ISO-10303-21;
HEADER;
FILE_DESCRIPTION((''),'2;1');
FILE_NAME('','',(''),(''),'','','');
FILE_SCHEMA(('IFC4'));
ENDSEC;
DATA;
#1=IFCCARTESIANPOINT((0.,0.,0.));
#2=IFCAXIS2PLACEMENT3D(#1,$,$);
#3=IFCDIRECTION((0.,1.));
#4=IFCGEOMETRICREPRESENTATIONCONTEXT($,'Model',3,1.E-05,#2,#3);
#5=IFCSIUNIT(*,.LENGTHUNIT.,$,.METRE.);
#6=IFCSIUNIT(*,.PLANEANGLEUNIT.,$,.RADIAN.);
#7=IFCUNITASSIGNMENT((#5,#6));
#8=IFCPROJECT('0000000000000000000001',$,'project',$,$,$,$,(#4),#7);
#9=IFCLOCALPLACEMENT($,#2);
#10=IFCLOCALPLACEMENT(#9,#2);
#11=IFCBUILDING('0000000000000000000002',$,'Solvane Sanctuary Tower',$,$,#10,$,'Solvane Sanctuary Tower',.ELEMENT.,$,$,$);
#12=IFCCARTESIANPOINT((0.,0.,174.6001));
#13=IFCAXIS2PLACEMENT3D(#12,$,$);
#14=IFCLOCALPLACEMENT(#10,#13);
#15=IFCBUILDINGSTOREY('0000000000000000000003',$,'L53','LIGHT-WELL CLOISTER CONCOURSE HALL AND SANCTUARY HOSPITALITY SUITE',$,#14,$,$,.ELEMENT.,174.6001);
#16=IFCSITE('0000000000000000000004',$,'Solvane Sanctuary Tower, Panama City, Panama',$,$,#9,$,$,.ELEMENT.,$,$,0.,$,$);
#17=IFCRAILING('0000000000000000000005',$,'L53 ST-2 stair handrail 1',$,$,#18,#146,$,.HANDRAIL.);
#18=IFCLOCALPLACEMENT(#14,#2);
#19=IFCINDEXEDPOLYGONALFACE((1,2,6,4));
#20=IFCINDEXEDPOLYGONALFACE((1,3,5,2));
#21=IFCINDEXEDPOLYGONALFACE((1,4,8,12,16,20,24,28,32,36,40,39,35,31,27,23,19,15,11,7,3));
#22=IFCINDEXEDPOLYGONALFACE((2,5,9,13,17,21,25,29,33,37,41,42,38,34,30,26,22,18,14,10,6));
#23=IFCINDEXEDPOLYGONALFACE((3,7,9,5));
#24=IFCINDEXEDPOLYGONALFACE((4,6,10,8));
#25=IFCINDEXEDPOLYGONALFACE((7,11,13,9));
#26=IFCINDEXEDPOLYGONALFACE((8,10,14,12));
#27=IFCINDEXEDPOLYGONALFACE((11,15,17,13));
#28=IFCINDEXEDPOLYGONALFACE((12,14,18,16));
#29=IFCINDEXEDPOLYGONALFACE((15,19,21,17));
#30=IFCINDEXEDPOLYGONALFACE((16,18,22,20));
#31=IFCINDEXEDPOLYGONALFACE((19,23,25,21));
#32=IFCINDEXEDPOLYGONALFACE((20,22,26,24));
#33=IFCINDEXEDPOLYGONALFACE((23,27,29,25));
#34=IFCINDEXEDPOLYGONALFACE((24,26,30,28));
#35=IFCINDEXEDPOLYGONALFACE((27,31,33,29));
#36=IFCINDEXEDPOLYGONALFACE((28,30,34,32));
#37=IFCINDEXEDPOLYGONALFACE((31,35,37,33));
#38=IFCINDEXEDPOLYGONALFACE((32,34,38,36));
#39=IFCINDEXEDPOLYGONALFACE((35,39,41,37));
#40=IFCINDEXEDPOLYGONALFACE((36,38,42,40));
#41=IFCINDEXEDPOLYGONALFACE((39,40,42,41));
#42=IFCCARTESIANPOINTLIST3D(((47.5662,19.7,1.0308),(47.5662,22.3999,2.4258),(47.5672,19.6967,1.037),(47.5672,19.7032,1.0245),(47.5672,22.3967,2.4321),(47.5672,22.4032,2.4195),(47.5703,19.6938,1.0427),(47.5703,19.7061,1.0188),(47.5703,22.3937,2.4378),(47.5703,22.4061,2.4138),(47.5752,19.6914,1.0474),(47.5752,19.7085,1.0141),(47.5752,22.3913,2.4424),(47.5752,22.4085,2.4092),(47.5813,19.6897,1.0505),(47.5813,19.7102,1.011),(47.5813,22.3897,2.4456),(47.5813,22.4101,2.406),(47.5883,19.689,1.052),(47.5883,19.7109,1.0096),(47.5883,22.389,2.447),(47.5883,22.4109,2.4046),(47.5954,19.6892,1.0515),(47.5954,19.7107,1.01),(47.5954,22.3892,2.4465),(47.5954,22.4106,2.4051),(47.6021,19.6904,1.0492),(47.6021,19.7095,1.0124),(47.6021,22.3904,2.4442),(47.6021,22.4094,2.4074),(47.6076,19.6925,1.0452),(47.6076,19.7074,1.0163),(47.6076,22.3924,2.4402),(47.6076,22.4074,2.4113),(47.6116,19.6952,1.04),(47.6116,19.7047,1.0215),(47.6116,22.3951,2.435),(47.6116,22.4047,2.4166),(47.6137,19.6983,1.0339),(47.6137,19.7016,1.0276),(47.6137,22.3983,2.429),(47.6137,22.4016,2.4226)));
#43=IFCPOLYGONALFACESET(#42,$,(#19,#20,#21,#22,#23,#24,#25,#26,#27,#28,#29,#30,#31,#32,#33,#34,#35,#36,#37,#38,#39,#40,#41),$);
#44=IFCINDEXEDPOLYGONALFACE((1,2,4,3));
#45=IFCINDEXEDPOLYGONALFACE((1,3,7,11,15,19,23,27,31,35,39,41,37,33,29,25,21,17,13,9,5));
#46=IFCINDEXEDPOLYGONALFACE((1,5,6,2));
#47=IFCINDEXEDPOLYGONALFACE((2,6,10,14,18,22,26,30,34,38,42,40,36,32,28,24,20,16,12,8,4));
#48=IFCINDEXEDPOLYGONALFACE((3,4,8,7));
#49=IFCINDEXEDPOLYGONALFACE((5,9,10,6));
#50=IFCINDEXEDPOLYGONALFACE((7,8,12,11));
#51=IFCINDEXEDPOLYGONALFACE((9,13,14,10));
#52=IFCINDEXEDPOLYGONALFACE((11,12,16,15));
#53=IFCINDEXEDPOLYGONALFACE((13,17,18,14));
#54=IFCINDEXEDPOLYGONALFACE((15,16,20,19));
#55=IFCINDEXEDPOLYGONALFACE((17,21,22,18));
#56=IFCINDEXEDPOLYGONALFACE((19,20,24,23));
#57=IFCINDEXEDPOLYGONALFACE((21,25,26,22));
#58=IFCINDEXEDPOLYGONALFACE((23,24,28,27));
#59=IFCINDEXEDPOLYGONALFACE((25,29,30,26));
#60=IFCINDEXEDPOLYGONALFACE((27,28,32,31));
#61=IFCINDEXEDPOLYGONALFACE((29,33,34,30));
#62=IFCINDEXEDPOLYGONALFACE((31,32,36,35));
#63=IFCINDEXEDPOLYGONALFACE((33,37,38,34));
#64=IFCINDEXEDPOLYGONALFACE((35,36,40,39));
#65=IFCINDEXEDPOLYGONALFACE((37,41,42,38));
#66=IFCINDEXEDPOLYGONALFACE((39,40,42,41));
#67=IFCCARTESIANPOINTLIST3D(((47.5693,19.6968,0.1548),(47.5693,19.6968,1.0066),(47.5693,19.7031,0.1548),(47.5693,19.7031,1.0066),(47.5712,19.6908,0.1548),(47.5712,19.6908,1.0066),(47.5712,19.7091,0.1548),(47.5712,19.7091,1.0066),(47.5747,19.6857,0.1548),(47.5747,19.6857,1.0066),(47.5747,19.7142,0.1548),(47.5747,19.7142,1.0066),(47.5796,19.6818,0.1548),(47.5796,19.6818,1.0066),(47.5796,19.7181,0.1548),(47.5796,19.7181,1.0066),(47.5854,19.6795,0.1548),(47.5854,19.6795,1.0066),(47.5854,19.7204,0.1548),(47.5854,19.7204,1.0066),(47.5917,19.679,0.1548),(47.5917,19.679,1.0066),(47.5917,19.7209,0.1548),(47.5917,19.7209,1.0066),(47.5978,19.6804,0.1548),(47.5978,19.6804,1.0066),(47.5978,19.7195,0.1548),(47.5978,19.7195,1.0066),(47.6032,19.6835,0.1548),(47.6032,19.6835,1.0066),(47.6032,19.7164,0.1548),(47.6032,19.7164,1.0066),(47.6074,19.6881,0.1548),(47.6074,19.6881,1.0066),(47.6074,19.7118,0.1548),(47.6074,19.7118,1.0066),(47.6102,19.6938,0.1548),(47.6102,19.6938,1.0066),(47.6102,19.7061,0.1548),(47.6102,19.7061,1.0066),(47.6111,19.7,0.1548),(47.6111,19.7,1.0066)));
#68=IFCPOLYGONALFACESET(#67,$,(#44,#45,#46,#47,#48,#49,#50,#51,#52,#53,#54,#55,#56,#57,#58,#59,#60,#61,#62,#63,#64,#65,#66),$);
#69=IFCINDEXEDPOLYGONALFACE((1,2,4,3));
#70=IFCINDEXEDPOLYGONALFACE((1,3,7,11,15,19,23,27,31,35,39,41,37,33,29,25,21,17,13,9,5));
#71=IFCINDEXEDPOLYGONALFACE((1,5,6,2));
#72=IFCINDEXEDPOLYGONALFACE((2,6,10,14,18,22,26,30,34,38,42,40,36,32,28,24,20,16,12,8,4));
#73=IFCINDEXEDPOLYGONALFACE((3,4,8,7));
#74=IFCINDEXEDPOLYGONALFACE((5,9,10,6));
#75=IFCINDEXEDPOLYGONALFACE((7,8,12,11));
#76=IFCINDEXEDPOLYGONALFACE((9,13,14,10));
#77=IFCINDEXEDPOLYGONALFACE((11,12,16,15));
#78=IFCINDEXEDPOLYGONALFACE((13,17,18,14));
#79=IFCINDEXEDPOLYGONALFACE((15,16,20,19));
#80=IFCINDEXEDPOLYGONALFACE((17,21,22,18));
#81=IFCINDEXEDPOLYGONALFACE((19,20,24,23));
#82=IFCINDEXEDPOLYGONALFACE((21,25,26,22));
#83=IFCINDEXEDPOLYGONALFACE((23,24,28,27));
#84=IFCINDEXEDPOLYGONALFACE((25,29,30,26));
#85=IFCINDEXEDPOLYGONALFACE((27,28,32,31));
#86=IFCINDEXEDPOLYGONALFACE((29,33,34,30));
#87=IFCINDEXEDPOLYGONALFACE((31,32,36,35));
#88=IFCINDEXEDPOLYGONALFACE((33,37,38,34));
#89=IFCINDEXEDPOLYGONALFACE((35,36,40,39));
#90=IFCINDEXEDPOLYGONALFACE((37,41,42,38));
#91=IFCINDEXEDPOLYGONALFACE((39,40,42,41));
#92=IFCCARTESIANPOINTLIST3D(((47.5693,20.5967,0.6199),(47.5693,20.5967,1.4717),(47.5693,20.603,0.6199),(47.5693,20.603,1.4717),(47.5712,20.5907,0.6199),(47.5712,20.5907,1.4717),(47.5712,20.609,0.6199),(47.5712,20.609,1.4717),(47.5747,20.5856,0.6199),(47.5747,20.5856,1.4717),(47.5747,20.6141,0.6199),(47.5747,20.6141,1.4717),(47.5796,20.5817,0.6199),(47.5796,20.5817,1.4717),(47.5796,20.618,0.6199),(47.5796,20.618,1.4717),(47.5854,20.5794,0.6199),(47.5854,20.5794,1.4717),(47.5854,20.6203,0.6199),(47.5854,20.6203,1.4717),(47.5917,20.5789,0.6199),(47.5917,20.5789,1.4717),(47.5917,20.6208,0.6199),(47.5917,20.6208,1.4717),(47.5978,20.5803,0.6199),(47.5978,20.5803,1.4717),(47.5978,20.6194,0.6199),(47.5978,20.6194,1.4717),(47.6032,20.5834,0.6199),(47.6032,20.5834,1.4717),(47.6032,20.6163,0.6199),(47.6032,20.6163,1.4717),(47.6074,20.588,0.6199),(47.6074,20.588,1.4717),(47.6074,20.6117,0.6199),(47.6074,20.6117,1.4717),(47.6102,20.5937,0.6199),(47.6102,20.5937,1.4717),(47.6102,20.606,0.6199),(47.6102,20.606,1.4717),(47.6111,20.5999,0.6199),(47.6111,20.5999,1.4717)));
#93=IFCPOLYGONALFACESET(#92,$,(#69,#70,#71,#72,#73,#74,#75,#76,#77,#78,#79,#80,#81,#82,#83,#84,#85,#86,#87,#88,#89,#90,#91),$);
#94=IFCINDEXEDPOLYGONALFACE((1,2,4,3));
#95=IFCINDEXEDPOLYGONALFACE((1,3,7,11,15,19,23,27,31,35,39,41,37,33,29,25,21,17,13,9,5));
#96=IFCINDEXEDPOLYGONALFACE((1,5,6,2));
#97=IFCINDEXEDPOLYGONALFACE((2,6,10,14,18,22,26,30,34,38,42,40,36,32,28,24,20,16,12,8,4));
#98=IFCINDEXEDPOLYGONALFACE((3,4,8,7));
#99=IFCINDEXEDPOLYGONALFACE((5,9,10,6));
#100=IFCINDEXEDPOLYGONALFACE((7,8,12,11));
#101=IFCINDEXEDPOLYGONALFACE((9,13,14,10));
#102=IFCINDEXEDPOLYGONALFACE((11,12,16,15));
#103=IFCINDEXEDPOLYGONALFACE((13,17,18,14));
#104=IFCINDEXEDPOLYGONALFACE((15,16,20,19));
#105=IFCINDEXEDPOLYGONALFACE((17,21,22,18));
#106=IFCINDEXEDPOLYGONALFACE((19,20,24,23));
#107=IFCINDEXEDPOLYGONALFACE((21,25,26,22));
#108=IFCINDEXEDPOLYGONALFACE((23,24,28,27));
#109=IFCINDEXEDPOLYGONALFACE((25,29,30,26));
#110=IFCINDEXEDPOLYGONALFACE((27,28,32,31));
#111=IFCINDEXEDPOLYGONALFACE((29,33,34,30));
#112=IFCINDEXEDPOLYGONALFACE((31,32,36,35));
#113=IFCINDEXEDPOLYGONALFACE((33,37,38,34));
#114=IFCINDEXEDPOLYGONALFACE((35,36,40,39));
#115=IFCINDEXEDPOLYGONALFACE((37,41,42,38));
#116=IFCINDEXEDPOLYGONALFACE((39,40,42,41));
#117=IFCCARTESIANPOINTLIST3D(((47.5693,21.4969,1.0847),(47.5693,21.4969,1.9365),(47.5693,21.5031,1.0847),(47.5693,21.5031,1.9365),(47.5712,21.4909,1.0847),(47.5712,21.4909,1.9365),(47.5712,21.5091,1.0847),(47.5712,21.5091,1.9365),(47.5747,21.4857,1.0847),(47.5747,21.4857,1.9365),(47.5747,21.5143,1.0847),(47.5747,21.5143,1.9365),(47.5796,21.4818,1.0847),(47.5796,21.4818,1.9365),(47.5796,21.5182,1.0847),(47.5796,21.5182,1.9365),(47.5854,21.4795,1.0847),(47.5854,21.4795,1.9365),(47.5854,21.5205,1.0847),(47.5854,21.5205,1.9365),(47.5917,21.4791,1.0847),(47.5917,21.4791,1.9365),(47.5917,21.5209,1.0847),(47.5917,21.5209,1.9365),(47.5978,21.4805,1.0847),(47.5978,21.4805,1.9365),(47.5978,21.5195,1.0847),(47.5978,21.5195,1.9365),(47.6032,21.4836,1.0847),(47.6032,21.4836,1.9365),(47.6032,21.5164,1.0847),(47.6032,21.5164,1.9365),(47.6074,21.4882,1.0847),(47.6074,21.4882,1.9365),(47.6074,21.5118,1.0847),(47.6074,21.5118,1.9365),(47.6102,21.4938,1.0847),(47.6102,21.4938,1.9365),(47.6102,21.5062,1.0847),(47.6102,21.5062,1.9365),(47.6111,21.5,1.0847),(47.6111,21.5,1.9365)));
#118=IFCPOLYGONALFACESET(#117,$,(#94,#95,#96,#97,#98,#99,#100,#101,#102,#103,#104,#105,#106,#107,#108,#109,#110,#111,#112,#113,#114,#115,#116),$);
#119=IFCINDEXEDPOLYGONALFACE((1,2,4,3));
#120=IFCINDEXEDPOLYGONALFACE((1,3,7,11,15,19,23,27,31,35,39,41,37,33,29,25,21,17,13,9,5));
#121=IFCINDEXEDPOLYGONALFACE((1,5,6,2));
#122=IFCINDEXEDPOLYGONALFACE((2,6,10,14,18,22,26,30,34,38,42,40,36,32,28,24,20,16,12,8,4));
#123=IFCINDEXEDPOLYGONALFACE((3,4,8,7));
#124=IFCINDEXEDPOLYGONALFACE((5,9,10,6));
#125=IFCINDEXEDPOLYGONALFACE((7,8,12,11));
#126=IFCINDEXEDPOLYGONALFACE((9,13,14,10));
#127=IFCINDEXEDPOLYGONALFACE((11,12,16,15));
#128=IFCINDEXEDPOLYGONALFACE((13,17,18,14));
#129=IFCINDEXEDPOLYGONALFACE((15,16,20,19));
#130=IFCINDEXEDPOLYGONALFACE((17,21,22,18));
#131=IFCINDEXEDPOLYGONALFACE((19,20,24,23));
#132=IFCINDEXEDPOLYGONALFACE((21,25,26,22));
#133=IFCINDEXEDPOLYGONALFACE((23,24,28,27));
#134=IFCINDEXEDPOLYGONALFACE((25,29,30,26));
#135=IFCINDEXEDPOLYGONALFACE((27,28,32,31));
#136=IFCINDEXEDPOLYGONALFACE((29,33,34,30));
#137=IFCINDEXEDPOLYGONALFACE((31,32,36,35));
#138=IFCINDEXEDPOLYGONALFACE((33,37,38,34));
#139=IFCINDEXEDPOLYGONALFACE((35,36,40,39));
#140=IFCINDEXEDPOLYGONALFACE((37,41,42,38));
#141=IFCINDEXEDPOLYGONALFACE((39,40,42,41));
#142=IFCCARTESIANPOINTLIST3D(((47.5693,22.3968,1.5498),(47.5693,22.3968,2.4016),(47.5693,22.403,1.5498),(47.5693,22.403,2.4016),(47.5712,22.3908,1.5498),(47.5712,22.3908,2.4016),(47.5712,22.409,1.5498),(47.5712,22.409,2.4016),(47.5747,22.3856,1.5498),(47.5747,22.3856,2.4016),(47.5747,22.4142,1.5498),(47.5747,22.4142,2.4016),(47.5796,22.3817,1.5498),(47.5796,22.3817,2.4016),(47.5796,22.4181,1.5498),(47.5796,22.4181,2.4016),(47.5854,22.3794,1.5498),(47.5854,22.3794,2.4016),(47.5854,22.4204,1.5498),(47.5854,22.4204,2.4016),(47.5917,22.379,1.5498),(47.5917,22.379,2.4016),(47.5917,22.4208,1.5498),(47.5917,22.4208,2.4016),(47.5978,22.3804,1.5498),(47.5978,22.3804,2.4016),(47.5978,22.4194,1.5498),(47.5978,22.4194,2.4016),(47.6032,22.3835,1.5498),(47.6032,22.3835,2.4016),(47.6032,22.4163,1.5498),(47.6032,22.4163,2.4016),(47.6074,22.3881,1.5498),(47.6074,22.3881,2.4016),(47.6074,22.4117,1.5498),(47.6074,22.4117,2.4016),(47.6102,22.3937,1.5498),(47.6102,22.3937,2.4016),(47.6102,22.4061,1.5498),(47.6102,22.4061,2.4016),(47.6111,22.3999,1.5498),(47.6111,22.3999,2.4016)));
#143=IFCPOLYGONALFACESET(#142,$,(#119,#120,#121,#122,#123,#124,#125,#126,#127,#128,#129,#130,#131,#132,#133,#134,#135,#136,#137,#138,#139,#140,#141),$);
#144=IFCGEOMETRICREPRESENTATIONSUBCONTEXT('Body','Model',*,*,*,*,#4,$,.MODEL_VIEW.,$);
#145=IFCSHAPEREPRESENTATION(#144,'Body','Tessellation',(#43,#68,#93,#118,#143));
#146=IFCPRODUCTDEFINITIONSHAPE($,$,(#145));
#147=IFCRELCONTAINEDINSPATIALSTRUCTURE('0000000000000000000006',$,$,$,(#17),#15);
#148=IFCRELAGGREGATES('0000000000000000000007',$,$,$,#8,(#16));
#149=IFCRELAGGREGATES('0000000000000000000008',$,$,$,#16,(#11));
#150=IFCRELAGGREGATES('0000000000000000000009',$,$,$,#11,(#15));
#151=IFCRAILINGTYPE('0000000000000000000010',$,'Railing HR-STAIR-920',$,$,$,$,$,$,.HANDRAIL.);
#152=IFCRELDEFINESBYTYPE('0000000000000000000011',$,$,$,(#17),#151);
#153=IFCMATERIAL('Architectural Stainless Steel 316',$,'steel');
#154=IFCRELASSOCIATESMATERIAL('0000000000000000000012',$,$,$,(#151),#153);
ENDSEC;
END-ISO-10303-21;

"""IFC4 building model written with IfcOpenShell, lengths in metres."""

from ifc_helpers import new_model, si_unit, direction, frame, origin, origin_2d, place, context, subcontext, project, spatial, circle, extrude, material, type_object, element, save


model = new_model("IFC4")

# Units and contexts
model_context = context("Model", 3, precision=1e-05, world=origin(), true_north=direction((0.0, 1.0)))
body_context = subcontext(model_context, "Body", "Model", "MODEL_VIEW")
ifc_project = project(units=[si_unit("LENGTHUNIT", "METRE"), si_unit("PLANEANGLEUNIT", "RADIAN")], contexts=[model_context])

# Site, building, storey
site_placement = place(None, origin())
site = spatial("IfcSite", under=ifc_project, at=site_placement, Name="Solvane Sanctuary Tower, Panama City, Panama", CompositionType="ELEMENT", RefElevation=0.0)
building_placement = place(site_placement, origin())
building = spatial("IfcBuilding", under=site, at=building_placement, Name="Solvane Sanctuary Tower", LongName="Solvane Sanctuary Tower", CompositionType="ELEMENT")
storey_placement = place(building_placement, frame((0.0, 0.0, 174.6001)))
storey = spatial("IfcBuildingStorey", under=building, at=storey_placement, Name="L53", Description="LIGHT-WELL CLOISTER CONCOURSE HALL AND SANCTUARY HOSPITALITY SUITE", CompositionType="ELEMENT", Elevation=174.6001)

# Shared definitions
ifc_material_1 = material(Name="Architectural Stainless Steel 316", Category="steel")

# Railing
railing_type_1 = type_object("IfcRailingType", Name="Railing HR-STAIR-920", PredefinedType="HANDRAIL", material=ifc_material_1)
railing_1_placement = place(storey_placement, frame((47.5901, 19.7, 0.1548)))
element("IfcRailing", 1, at=railing_1_placement, inside=storey, type_object=railing_type_1, Name="L53 ST-2 stair handrail 1", PredefinedType="HANDRAIL", context=body_context, shape_type="SweptSolid", body=[
    extrude(circle(Radius=0.0239, at=origin_2d()), frame((0.0, 0.0, 0.876), z_axis=(0.0, 0.88842, 0.459032), x_axis=(-1.0, 0.0, 0.0)), (0.0, 0.0, 1.0), 3.0391),
    extrude(circle(Radius=0.021, at=origin_2d()), origin(), (0.0, 0.0, 1.0), 0.8518),
    extrude(circle(Radius=0.021, at=origin_2d()), frame((0.0, 0.8999, 0.4651)), (0.0, 0.0, 1.0), 0.8518),
    extrude(circle(Radius=0.021, at=origin_2d()), frame((0.0, 1.8, 0.9299)), (0.0, 0.0, 1.0), 0.8518),
    extrude(circle(Radius=0.021, at=origin_2d()), frame((0.0, 2.7, 1.395)), (0.0, 0.0, 1.0), 0.8518),
])

save(model, "model.ifc")
